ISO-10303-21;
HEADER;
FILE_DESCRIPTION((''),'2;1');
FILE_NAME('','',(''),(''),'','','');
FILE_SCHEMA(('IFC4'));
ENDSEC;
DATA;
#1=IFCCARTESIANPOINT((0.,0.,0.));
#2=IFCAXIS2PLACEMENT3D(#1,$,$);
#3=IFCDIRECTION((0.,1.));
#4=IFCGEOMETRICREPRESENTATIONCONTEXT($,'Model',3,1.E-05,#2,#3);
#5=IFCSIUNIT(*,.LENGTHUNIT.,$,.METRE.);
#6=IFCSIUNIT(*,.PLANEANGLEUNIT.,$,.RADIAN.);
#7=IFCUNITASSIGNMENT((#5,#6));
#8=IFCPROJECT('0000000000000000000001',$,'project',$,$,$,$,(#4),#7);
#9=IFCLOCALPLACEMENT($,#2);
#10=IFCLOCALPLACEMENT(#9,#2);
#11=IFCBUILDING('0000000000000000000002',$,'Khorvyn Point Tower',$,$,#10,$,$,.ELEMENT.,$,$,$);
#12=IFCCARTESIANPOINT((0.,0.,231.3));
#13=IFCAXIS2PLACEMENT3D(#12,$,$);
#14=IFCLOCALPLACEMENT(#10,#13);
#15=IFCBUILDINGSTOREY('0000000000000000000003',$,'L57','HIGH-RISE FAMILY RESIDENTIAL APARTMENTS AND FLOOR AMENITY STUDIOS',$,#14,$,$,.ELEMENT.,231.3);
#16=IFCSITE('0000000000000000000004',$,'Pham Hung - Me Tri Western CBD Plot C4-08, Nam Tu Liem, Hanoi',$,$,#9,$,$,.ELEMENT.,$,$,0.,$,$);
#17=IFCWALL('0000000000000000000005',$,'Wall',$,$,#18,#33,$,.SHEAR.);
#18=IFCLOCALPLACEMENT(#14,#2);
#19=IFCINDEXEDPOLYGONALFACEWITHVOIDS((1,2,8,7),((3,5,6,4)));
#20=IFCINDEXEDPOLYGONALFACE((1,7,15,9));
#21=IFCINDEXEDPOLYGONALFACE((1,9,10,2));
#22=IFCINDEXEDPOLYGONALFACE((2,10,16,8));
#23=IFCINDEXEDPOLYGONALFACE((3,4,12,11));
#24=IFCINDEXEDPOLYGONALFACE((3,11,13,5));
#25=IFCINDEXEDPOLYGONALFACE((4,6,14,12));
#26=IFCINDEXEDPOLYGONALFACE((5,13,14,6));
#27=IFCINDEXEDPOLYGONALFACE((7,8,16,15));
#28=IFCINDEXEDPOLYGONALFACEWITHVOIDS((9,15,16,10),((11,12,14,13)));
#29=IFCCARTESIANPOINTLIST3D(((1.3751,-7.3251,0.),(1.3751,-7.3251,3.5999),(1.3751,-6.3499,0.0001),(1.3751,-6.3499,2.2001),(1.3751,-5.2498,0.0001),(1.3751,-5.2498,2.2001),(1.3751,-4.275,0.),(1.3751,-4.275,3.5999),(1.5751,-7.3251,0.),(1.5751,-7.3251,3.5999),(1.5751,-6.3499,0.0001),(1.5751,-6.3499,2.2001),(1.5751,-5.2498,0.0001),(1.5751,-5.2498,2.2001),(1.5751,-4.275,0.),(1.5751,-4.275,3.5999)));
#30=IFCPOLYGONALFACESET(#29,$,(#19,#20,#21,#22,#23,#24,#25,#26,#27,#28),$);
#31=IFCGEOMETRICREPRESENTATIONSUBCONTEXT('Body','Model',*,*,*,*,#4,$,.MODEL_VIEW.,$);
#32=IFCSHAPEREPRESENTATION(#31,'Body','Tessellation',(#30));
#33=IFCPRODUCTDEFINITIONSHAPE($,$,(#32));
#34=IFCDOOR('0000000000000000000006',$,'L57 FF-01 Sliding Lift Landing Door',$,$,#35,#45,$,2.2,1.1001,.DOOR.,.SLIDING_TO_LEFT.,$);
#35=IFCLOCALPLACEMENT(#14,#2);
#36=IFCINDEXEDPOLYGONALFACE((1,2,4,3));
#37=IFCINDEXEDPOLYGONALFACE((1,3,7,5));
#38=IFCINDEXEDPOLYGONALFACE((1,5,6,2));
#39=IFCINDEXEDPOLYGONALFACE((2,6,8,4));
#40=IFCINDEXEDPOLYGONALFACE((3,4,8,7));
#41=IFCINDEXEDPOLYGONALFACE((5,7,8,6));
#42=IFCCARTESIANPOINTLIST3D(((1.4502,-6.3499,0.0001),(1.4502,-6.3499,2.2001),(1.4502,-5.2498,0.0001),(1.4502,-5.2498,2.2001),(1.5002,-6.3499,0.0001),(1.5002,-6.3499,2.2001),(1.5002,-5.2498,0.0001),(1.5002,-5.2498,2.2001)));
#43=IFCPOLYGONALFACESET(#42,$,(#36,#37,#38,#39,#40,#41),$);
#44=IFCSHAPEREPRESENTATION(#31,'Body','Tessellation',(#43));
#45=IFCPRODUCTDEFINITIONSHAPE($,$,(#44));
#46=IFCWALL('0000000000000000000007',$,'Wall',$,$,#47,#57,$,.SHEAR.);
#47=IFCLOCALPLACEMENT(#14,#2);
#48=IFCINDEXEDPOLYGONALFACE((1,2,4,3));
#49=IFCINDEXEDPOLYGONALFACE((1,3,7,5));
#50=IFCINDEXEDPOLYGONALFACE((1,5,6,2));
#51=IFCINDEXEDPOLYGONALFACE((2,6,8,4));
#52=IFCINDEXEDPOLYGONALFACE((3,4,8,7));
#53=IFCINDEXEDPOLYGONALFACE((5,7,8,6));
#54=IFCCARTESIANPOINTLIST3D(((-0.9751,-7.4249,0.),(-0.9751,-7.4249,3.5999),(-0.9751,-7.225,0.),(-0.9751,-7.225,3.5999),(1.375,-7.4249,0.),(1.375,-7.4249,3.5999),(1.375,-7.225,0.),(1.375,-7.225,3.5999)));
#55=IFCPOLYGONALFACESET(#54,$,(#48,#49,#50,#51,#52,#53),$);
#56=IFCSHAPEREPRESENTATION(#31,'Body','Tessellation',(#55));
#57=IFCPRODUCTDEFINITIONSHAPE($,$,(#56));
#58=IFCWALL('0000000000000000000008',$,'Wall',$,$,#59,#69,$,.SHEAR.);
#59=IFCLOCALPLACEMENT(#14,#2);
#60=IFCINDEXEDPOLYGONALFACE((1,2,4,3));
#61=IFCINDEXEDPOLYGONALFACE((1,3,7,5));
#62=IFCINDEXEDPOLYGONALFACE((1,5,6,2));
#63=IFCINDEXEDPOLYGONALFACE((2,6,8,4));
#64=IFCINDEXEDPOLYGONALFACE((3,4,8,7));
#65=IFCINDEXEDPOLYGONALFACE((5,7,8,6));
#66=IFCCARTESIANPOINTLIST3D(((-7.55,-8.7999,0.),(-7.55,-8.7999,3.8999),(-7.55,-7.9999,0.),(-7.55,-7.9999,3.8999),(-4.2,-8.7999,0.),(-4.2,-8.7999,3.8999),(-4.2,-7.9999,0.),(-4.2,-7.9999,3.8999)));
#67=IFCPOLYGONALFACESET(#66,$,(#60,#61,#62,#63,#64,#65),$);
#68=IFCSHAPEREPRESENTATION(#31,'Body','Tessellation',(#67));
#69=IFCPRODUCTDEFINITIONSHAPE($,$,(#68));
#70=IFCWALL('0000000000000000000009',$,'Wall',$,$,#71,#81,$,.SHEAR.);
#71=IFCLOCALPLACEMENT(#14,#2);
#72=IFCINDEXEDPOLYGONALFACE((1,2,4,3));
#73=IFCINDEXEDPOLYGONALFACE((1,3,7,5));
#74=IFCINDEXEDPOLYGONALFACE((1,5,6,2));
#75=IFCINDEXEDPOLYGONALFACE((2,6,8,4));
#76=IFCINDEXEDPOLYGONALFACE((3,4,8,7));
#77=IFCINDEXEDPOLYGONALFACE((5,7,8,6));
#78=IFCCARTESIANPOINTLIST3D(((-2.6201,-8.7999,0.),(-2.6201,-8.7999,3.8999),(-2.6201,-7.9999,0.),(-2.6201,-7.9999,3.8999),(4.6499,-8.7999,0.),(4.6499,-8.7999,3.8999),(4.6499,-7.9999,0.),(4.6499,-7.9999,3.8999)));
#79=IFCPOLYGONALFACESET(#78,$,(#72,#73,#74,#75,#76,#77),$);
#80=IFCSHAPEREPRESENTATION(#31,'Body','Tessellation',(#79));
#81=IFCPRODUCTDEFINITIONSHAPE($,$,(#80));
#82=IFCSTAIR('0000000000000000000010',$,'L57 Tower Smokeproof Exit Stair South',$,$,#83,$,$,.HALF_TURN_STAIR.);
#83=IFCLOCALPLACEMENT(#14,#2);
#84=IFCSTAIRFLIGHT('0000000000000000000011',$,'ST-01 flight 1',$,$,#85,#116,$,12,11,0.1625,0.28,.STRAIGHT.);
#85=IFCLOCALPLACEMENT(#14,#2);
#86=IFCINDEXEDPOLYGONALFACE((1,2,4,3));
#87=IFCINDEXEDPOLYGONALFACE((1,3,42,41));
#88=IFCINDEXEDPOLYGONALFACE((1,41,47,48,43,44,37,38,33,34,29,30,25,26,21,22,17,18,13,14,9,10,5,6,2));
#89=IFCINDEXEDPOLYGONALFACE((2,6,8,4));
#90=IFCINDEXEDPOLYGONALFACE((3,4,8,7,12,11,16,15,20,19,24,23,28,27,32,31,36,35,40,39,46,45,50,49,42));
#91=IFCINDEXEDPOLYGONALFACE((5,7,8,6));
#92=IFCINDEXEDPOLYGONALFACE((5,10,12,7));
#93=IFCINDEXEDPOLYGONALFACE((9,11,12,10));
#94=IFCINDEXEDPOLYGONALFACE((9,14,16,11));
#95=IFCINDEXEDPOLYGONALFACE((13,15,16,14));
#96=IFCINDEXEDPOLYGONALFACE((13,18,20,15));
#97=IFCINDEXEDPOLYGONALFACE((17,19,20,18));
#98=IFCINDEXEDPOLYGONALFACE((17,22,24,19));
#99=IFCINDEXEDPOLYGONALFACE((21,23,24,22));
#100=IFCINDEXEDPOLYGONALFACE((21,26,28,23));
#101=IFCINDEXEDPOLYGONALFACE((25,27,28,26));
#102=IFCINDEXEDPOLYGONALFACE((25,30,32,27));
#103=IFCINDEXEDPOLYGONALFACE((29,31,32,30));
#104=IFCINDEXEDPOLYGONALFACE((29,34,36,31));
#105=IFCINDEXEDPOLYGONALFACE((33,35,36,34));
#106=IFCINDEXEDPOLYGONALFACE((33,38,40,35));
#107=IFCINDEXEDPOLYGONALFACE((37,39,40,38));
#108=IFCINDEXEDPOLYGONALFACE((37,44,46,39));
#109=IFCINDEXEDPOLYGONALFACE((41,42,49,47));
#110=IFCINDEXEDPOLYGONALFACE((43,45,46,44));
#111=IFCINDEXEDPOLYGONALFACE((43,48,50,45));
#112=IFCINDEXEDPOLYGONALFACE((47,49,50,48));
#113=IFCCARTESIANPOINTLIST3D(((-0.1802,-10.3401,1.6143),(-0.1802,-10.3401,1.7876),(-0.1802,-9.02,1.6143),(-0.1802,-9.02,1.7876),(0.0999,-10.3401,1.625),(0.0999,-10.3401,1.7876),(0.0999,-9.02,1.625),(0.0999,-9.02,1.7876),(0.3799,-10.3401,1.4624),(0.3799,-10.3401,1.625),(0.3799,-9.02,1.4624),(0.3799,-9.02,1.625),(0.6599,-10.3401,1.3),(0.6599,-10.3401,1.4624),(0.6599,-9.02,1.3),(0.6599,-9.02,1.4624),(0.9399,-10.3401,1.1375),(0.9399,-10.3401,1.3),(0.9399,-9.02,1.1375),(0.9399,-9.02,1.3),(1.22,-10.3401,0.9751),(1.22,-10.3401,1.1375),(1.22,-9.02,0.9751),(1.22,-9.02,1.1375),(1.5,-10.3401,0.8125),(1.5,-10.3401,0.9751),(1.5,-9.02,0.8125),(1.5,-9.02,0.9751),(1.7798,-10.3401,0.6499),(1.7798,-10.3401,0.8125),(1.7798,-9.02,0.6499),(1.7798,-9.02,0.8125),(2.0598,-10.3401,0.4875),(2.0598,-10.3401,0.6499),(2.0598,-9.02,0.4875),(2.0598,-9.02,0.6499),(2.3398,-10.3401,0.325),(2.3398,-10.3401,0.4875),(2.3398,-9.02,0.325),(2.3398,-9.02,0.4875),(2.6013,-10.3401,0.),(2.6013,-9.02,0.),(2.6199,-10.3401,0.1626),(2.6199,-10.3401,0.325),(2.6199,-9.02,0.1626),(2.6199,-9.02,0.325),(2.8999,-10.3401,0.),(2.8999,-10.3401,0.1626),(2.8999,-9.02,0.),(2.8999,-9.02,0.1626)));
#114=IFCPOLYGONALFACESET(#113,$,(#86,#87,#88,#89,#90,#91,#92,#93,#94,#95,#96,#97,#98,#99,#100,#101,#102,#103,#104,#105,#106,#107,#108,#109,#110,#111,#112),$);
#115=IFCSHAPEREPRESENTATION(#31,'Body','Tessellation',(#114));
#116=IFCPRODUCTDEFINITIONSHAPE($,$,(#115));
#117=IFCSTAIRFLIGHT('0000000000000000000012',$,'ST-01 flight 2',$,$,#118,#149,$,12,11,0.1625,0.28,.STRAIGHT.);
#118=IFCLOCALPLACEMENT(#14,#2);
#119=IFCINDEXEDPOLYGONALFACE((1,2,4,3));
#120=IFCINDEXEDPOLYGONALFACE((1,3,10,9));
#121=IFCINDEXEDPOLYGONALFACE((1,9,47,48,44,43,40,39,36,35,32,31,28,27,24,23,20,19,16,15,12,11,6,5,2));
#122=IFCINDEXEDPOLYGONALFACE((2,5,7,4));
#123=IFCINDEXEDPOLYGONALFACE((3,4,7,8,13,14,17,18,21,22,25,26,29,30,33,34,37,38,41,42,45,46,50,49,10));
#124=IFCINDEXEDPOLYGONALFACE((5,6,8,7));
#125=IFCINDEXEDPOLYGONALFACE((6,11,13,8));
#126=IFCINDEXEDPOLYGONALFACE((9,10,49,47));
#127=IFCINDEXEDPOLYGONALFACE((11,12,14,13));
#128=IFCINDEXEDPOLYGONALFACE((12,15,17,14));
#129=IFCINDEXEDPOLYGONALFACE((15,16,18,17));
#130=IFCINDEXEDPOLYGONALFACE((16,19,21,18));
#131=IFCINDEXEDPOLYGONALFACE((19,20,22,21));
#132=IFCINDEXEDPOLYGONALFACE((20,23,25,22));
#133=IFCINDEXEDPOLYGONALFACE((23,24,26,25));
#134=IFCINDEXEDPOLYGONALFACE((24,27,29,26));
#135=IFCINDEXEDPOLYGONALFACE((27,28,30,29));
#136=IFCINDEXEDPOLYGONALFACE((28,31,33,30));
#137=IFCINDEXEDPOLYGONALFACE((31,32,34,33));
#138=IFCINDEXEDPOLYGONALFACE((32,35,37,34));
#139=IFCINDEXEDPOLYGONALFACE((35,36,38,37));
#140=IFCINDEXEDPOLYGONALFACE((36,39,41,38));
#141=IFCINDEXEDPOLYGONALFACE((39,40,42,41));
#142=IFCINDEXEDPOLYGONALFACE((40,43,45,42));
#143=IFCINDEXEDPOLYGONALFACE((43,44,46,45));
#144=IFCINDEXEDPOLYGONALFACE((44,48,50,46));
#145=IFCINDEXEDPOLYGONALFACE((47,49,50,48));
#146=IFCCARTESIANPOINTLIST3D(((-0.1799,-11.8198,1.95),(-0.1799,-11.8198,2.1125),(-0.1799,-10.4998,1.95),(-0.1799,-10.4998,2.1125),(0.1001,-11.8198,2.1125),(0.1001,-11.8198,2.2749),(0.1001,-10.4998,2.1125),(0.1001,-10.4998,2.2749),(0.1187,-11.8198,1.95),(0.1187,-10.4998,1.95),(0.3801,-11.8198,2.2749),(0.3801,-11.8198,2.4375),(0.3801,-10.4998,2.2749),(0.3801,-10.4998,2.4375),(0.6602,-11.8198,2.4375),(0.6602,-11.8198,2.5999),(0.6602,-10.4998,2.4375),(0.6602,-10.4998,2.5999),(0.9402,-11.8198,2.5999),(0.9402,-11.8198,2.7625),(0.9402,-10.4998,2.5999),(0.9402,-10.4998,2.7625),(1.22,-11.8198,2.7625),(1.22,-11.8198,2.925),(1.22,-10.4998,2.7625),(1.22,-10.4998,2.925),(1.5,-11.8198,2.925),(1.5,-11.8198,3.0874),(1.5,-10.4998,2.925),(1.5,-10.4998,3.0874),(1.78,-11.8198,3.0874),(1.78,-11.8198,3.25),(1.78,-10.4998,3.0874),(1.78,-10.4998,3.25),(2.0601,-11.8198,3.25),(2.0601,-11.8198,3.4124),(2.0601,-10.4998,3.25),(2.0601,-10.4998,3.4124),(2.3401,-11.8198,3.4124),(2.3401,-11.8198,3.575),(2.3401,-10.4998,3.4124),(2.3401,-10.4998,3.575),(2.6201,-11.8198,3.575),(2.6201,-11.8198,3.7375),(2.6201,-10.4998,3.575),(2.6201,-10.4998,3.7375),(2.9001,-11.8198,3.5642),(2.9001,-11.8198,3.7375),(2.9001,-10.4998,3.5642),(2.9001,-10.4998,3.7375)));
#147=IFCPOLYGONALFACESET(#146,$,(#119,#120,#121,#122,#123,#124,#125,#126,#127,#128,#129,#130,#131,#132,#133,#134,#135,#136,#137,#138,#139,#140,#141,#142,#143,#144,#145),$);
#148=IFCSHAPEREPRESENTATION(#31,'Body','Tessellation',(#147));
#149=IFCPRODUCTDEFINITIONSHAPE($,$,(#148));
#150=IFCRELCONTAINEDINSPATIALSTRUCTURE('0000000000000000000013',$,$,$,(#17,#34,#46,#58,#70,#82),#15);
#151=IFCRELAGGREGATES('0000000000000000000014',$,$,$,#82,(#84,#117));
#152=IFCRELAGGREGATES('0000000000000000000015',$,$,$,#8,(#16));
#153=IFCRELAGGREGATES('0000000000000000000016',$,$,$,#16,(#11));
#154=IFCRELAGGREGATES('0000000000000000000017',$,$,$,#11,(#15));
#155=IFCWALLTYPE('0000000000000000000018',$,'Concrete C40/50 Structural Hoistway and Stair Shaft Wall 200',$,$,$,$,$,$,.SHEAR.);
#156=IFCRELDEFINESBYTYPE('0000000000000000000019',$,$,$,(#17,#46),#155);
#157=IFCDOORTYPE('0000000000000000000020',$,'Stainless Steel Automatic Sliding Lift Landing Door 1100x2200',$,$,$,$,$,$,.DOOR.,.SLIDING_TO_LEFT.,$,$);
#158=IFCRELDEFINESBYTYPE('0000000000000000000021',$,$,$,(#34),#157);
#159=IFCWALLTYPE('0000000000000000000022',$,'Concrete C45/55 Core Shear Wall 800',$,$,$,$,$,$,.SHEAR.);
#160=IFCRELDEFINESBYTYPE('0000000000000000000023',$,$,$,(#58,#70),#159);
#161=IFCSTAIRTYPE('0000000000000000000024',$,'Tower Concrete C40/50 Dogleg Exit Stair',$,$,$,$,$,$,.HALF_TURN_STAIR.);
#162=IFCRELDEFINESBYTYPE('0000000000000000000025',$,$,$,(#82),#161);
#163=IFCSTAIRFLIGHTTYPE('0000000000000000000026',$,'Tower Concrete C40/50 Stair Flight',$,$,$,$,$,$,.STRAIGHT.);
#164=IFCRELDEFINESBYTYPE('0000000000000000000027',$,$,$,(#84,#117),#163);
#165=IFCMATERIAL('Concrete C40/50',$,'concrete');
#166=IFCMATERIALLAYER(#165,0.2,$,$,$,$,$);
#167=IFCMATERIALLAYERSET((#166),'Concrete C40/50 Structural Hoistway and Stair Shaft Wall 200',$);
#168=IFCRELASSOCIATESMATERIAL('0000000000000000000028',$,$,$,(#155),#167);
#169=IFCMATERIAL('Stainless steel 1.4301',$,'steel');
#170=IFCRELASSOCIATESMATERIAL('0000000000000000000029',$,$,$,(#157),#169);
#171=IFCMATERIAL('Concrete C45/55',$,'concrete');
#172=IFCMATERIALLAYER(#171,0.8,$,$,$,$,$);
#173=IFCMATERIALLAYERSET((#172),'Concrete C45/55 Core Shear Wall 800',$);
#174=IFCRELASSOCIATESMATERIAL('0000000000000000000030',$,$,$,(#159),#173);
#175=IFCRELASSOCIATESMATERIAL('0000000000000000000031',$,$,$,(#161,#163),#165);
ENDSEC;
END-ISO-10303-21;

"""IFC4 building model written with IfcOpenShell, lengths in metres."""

from ifc_helpers import new_model, si_unit, direction, frame, frame_2d, origin, place, context, subcontext, project, spatial, polyline, rectangle, outline, extrude, material, layer, layer_set, type_object, element, fill, aggregate, save


model = new_model("IFC4")

# Units and contexts
model_context = context("Model", 3, precision=1e-05, world=origin(), true_north=direction((0.0, 1.0)))
body_context = subcontext(model_context, "Body", "Model", "MODEL_VIEW")
ifc_project = project(units=[si_unit("LENGTHUNIT", "METRE"), si_unit("PLANEANGLEUNIT", "RADIAN")], contexts=[model_context])

# Site, building, storey
site_placement = place(None, origin())
site = spatial("IfcSite", under=ifc_project, at=site_placement, Name="Pham Hung - Me Tri Western CBD Plot C4-08, Nam Tu Liem, Hanoi", CompositionType="ELEMENT", RefElevation=0.0)
building_placement = place(site_placement, origin())
building = spatial("IfcBuilding", under=site, at=building_placement, Name="Khorvyn Point Tower", CompositionType="ELEMENT")
storey_placement = place(building_placement, frame((0.0, 0.0, 231.3)))
storey = spatial("IfcBuildingStorey", under=building, at=storey_placement, Name="L57", Description="HIGH-RISE FAMILY RESIDENTIAL APARTMENTS AND FLOOR AMENITY STUDIOS", CompositionType="ELEMENT", Elevation=231.3)

# Shared definitions
ifc_material_1 = material(Name="Concrete C45/55", Category="concrete")

# Shared definitions
ifc_material_2 = material(Name="Concrete C40/50", Category="concrete")
ifc_layer_1 = layer(ifc_material_2, 0.2)
ifc_layer_set_1 = layer_set([ifc_layer_1], Name="Concrete C40/50 Structural Hoistway and Stair Shaft Wall 200")
wall_type_1 = type_object("IfcWallType", Name="Concrete C40/50 Structural Hoistway and Stair Shaft Wall 200", PredefinedType="SHEAR", material=ifc_layer_set_1)

# Wall, opening, door
wall_1_placement = place(storey_placement, frame((1.4751, -7.325, 0.0), z_axis=(0.0, 0.0, 1.0), x_axis=(0.0, 1.0, 0.0)))
wall_1 = element("IfcWall", 1, at=wall_1_placement, inside=storey, type_object=wall_type_1, Name="Wall", PredefinedType="SHEAR", context=body_context, shape_type="SweptSolid", body=[
    extrude(rectangle(XDim=3.05, YDim=0.2, at=frame_2d((1.5249, 0.0))), origin(), (0.0, 0.0, 1.0), 3.5999),
])
opening_1_placement = place(wall_1_placement, frame((0.9751, 0.0, 0.0)))
opening_1 = element("IfcOpeningElement", 2, at=opening_1_placement, cuts=wall_1, PredefinedType="OPENING", context=body_context, shape_type="SweptSolid", body=[
    extrude(rectangle(XDim=1.1001, YDim=2.2, at=frame_2d((0.55, 1.1001))), frame((0.0, 0.1099, 0.0), z_axis=(0.0, -1.0, 0.0), x_axis=(1.0, 0.0, 0.0)), (0.0, 0.0, 1.0), 0.22),
])
ifc_material_3 = material(Name="Stainless steel 1.4301", Category="steel")
door_type_1 = type_object("IfcDoorType", Name="Stainless Steel Automatic Sliding Lift Landing Door 1100x2200", OperationType="SLIDING_TO_LEFT", PredefinedType="DOOR", material=ifc_material_3)
door_1_placement = place(opening_1_placement, origin())
door_1 = element("IfcDoor", 3, at=door_1_placement, inside=storey, type_object=door_type_1, Name="L57 FF-01 Sliding Lift Landing Door", OperationType="SLIDING_TO_LEFT", OverallHeight=2.2, OverallWidth=1.1001, PredefinedType="DOOR", context=body_context, shape_type="SweptSolid", body=[
    extrude(rectangle(XDim=1.1001, YDim=2.2, at=frame_2d((0.55, 1.1001))), frame((0.0, 0.0249, 0.0), z_axis=(0.0, -1.0, 0.0), x_axis=(1.0, 0.0, 0.0)), (0.0, 0.0, 1.0), 0.05),
])
fill(opening_1, door_1)

# Walls
wall_2_placement = place(storey_placement, frame((-0.9751, -7.325, 0.0), z_axis=(0.0, 0.0, 1.0), x_axis=(1.0, 0.0, 0.0)))
element("IfcWall", 4, at=wall_2_placement, inside=storey, type_object=wall_type_1, Name="Wall", PredefinedType="SHEAR", context=body_context, shape_type="SweptSolid", body=[
    extrude(rectangle(XDim=2.3501, YDim=0.2, at=frame_2d((1.175, 0.0))), origin(), (0.0, 0.0, 1.0), 3.5999),
])
ifc_layer_2 = layer(ifc_material_1, 0.8)
ifc_layer_set_2 = layer_set([ifc_layer_2], Name="Concrete C45/55 Core Shear Wall 800")
wall_type_2 = type_object("IfcWallType", Name="Concrete C45/55 Core Shear Wall 800", PredefinedType="SHEAR", material=ifc_layer_set_2)
wall_3_placement = place(storey_placement, frame((-7.55, -8.3999, 0.0), z_axis=(0.0, 0.0, 1.0), x_axis=(1.0, 0.0, 0.0)))
element("IfcWall", 5, at=wall_3_placement, inside=storey, type_object=wall_type_2, Name="Wall", PredefinedType="SHEAR", context=body_context, shape_type="SweptSolid", body=[
    extrude(rectangle(XDim=3.3501, YDim=0.8, at=frame_2d((1.675, 0.0))), origin(), (0.0, 0.0, 1.0), 3.8999),
])
wall_4_placement = place(storey_placement, frame((-2.6201, -8.3999, 0.0), z_axis=(0.0, 0.0, 1.0), x_axis=(1.0, 0.0, 0.0)))
element("IfcWall", 6, at=wall_4_placement, inside=storey, type_object=wall_type_2, Name="Wall", PredefinedType="SHEAR", context=body_context, shape_type="SweptSolid", body=[
    extrude(rectangle(XDim=7.27, YDim=0.8, at=frame_2d((3.635, 0.0))), origin(), (0.0, 0.0, 1.0), 3.8999),
])

# Stair, stair flights
stair_type = type_object("IfcStairType", Name="Tower Concrete C40/50 Dogleg Exit Stair", PredefinedType="HALF_TURN_STAIR", material=ifc_material_2)
stair_placement = place(storey_placement, origin())
stair = element("IfcStair", 7, at=stair_placement, inside=storey, type_object=stair_type, Name="L57 Tower Smokeproof Exit Stair South", PredefinedType="HALF_TURN_STAIR")
stair_flight_type = type_object("IfcStairFlightType", Name="Tower Concrete C40/50 Stair Flight", PredefinedType="STRAIGHT", material=ifc_material_2)
stair_flight_1_placement = place(storey_placement, frame((2.8999, -9.6799, 0.0), z_axis=(0.0, 0.0, 1.0), x_axis=(-1.0, 0.0, 0.0)))
stair_flight_1 = element("IfcStairFlight", 8, at=stair_flight_1_placement, type_object=stair_flight_type, Name="ST-01 flight 1", NumberOfRisers=12, NumberOfTreads=11, PredefinedType="STRAIGHT", RiserHeight=0.1625, TreadLength=0.28, context=body_context, shape_type="SweptSolid", body=[
    extrude(outline(polyline([(0.0, 0.0), (0.0, 0.1626), (0.28, 0.1626), (0.28, 0.325), (0.5601, 0.325), (0.5601, 0.4875), (0.8401, 0.4875), (0.8401, 0.6499), (1.1201, 0.6499), (1.1201, 0.8125), (1.3999, 0.8125), (1.3999, 0.9751), (1.6799, 0.9751), (1.6799, 1.1375), (1.96, 1.1375), (1.96, 1.3), (2.24, 1.3), (2.24, 1.4624), (2.52, 1.4624), (2.52, 1.625), (2.8, 1.625), (2.8, 1.7876), (3.0801, 1.7876), (3.0801, 1.95), (3.0801, 1.6143), (0.2986, 0.0), (0.0, 0.0)])), frame((0.0, 0.6602, 0.0), z_axis=(0.0, -1.0, 0.0), x_axis=(1.0, 0.0, 0.0)), (0.0, 0.0, 1.0), 1.3201),
])
stair_flight_2_placement = place(storey_placement, frame((-0.1799, -11.1599, 1.95), z_axis=(0.0, 0.0, 1.0), x_axis=(1.0, 0.0, 0.0)))
stair_flight_2 = element("IfcStairFlight", 9, at=stair_flight_2_placement, type_object=stair_flight_type, Name="ST-01 flight 2", NumberOfRisers=12, NumberOfTreads=11, PredefinedType="STRAIGHT", RiserHeight=0.1625, TreadLength=0.28, context=body_context, shape_type="SweptSolid", body=[
    extrude(outline(polyline([(0.0, 0.0), (0.0, 0.1626), (0.28, 0.1626), (0.28, 0.325), (0.5601, 0.325), (0.5601, 0.4875), (0.8401, 0.4875), (0.8401, 0.6499), (1.1201, 0.6499), (1.1201, 0.8125), (1.3999, 0.8125), (1.3999, 0.9751), (1.6799, 0.9751), (1.6799, 1.1375), (1.96, 1.1375), (1.96, 1.3), (2.24, 1.3), (2.24, 1.4624), (2.52, 1.4624), (2.52, 1.625), (2.8, 1.625), (2.8, 1.7876), (3.0801, 1.7876), (3.0801, 1.95), (3.0801, 1.6143), (0.2986, 0.0), (0.0, 0.0)])), frame((0.0, 0.6602, 0.0), z_axis=(0.0, -1.0, 0.0), x_axis=(1.0, 0.0, 0.0)), (0.0, 0.0, 1.0), 1.3201),
])
aggregate(stair, [stair_flight_1, stair_flight_2])

save(model, "model.ifc")
